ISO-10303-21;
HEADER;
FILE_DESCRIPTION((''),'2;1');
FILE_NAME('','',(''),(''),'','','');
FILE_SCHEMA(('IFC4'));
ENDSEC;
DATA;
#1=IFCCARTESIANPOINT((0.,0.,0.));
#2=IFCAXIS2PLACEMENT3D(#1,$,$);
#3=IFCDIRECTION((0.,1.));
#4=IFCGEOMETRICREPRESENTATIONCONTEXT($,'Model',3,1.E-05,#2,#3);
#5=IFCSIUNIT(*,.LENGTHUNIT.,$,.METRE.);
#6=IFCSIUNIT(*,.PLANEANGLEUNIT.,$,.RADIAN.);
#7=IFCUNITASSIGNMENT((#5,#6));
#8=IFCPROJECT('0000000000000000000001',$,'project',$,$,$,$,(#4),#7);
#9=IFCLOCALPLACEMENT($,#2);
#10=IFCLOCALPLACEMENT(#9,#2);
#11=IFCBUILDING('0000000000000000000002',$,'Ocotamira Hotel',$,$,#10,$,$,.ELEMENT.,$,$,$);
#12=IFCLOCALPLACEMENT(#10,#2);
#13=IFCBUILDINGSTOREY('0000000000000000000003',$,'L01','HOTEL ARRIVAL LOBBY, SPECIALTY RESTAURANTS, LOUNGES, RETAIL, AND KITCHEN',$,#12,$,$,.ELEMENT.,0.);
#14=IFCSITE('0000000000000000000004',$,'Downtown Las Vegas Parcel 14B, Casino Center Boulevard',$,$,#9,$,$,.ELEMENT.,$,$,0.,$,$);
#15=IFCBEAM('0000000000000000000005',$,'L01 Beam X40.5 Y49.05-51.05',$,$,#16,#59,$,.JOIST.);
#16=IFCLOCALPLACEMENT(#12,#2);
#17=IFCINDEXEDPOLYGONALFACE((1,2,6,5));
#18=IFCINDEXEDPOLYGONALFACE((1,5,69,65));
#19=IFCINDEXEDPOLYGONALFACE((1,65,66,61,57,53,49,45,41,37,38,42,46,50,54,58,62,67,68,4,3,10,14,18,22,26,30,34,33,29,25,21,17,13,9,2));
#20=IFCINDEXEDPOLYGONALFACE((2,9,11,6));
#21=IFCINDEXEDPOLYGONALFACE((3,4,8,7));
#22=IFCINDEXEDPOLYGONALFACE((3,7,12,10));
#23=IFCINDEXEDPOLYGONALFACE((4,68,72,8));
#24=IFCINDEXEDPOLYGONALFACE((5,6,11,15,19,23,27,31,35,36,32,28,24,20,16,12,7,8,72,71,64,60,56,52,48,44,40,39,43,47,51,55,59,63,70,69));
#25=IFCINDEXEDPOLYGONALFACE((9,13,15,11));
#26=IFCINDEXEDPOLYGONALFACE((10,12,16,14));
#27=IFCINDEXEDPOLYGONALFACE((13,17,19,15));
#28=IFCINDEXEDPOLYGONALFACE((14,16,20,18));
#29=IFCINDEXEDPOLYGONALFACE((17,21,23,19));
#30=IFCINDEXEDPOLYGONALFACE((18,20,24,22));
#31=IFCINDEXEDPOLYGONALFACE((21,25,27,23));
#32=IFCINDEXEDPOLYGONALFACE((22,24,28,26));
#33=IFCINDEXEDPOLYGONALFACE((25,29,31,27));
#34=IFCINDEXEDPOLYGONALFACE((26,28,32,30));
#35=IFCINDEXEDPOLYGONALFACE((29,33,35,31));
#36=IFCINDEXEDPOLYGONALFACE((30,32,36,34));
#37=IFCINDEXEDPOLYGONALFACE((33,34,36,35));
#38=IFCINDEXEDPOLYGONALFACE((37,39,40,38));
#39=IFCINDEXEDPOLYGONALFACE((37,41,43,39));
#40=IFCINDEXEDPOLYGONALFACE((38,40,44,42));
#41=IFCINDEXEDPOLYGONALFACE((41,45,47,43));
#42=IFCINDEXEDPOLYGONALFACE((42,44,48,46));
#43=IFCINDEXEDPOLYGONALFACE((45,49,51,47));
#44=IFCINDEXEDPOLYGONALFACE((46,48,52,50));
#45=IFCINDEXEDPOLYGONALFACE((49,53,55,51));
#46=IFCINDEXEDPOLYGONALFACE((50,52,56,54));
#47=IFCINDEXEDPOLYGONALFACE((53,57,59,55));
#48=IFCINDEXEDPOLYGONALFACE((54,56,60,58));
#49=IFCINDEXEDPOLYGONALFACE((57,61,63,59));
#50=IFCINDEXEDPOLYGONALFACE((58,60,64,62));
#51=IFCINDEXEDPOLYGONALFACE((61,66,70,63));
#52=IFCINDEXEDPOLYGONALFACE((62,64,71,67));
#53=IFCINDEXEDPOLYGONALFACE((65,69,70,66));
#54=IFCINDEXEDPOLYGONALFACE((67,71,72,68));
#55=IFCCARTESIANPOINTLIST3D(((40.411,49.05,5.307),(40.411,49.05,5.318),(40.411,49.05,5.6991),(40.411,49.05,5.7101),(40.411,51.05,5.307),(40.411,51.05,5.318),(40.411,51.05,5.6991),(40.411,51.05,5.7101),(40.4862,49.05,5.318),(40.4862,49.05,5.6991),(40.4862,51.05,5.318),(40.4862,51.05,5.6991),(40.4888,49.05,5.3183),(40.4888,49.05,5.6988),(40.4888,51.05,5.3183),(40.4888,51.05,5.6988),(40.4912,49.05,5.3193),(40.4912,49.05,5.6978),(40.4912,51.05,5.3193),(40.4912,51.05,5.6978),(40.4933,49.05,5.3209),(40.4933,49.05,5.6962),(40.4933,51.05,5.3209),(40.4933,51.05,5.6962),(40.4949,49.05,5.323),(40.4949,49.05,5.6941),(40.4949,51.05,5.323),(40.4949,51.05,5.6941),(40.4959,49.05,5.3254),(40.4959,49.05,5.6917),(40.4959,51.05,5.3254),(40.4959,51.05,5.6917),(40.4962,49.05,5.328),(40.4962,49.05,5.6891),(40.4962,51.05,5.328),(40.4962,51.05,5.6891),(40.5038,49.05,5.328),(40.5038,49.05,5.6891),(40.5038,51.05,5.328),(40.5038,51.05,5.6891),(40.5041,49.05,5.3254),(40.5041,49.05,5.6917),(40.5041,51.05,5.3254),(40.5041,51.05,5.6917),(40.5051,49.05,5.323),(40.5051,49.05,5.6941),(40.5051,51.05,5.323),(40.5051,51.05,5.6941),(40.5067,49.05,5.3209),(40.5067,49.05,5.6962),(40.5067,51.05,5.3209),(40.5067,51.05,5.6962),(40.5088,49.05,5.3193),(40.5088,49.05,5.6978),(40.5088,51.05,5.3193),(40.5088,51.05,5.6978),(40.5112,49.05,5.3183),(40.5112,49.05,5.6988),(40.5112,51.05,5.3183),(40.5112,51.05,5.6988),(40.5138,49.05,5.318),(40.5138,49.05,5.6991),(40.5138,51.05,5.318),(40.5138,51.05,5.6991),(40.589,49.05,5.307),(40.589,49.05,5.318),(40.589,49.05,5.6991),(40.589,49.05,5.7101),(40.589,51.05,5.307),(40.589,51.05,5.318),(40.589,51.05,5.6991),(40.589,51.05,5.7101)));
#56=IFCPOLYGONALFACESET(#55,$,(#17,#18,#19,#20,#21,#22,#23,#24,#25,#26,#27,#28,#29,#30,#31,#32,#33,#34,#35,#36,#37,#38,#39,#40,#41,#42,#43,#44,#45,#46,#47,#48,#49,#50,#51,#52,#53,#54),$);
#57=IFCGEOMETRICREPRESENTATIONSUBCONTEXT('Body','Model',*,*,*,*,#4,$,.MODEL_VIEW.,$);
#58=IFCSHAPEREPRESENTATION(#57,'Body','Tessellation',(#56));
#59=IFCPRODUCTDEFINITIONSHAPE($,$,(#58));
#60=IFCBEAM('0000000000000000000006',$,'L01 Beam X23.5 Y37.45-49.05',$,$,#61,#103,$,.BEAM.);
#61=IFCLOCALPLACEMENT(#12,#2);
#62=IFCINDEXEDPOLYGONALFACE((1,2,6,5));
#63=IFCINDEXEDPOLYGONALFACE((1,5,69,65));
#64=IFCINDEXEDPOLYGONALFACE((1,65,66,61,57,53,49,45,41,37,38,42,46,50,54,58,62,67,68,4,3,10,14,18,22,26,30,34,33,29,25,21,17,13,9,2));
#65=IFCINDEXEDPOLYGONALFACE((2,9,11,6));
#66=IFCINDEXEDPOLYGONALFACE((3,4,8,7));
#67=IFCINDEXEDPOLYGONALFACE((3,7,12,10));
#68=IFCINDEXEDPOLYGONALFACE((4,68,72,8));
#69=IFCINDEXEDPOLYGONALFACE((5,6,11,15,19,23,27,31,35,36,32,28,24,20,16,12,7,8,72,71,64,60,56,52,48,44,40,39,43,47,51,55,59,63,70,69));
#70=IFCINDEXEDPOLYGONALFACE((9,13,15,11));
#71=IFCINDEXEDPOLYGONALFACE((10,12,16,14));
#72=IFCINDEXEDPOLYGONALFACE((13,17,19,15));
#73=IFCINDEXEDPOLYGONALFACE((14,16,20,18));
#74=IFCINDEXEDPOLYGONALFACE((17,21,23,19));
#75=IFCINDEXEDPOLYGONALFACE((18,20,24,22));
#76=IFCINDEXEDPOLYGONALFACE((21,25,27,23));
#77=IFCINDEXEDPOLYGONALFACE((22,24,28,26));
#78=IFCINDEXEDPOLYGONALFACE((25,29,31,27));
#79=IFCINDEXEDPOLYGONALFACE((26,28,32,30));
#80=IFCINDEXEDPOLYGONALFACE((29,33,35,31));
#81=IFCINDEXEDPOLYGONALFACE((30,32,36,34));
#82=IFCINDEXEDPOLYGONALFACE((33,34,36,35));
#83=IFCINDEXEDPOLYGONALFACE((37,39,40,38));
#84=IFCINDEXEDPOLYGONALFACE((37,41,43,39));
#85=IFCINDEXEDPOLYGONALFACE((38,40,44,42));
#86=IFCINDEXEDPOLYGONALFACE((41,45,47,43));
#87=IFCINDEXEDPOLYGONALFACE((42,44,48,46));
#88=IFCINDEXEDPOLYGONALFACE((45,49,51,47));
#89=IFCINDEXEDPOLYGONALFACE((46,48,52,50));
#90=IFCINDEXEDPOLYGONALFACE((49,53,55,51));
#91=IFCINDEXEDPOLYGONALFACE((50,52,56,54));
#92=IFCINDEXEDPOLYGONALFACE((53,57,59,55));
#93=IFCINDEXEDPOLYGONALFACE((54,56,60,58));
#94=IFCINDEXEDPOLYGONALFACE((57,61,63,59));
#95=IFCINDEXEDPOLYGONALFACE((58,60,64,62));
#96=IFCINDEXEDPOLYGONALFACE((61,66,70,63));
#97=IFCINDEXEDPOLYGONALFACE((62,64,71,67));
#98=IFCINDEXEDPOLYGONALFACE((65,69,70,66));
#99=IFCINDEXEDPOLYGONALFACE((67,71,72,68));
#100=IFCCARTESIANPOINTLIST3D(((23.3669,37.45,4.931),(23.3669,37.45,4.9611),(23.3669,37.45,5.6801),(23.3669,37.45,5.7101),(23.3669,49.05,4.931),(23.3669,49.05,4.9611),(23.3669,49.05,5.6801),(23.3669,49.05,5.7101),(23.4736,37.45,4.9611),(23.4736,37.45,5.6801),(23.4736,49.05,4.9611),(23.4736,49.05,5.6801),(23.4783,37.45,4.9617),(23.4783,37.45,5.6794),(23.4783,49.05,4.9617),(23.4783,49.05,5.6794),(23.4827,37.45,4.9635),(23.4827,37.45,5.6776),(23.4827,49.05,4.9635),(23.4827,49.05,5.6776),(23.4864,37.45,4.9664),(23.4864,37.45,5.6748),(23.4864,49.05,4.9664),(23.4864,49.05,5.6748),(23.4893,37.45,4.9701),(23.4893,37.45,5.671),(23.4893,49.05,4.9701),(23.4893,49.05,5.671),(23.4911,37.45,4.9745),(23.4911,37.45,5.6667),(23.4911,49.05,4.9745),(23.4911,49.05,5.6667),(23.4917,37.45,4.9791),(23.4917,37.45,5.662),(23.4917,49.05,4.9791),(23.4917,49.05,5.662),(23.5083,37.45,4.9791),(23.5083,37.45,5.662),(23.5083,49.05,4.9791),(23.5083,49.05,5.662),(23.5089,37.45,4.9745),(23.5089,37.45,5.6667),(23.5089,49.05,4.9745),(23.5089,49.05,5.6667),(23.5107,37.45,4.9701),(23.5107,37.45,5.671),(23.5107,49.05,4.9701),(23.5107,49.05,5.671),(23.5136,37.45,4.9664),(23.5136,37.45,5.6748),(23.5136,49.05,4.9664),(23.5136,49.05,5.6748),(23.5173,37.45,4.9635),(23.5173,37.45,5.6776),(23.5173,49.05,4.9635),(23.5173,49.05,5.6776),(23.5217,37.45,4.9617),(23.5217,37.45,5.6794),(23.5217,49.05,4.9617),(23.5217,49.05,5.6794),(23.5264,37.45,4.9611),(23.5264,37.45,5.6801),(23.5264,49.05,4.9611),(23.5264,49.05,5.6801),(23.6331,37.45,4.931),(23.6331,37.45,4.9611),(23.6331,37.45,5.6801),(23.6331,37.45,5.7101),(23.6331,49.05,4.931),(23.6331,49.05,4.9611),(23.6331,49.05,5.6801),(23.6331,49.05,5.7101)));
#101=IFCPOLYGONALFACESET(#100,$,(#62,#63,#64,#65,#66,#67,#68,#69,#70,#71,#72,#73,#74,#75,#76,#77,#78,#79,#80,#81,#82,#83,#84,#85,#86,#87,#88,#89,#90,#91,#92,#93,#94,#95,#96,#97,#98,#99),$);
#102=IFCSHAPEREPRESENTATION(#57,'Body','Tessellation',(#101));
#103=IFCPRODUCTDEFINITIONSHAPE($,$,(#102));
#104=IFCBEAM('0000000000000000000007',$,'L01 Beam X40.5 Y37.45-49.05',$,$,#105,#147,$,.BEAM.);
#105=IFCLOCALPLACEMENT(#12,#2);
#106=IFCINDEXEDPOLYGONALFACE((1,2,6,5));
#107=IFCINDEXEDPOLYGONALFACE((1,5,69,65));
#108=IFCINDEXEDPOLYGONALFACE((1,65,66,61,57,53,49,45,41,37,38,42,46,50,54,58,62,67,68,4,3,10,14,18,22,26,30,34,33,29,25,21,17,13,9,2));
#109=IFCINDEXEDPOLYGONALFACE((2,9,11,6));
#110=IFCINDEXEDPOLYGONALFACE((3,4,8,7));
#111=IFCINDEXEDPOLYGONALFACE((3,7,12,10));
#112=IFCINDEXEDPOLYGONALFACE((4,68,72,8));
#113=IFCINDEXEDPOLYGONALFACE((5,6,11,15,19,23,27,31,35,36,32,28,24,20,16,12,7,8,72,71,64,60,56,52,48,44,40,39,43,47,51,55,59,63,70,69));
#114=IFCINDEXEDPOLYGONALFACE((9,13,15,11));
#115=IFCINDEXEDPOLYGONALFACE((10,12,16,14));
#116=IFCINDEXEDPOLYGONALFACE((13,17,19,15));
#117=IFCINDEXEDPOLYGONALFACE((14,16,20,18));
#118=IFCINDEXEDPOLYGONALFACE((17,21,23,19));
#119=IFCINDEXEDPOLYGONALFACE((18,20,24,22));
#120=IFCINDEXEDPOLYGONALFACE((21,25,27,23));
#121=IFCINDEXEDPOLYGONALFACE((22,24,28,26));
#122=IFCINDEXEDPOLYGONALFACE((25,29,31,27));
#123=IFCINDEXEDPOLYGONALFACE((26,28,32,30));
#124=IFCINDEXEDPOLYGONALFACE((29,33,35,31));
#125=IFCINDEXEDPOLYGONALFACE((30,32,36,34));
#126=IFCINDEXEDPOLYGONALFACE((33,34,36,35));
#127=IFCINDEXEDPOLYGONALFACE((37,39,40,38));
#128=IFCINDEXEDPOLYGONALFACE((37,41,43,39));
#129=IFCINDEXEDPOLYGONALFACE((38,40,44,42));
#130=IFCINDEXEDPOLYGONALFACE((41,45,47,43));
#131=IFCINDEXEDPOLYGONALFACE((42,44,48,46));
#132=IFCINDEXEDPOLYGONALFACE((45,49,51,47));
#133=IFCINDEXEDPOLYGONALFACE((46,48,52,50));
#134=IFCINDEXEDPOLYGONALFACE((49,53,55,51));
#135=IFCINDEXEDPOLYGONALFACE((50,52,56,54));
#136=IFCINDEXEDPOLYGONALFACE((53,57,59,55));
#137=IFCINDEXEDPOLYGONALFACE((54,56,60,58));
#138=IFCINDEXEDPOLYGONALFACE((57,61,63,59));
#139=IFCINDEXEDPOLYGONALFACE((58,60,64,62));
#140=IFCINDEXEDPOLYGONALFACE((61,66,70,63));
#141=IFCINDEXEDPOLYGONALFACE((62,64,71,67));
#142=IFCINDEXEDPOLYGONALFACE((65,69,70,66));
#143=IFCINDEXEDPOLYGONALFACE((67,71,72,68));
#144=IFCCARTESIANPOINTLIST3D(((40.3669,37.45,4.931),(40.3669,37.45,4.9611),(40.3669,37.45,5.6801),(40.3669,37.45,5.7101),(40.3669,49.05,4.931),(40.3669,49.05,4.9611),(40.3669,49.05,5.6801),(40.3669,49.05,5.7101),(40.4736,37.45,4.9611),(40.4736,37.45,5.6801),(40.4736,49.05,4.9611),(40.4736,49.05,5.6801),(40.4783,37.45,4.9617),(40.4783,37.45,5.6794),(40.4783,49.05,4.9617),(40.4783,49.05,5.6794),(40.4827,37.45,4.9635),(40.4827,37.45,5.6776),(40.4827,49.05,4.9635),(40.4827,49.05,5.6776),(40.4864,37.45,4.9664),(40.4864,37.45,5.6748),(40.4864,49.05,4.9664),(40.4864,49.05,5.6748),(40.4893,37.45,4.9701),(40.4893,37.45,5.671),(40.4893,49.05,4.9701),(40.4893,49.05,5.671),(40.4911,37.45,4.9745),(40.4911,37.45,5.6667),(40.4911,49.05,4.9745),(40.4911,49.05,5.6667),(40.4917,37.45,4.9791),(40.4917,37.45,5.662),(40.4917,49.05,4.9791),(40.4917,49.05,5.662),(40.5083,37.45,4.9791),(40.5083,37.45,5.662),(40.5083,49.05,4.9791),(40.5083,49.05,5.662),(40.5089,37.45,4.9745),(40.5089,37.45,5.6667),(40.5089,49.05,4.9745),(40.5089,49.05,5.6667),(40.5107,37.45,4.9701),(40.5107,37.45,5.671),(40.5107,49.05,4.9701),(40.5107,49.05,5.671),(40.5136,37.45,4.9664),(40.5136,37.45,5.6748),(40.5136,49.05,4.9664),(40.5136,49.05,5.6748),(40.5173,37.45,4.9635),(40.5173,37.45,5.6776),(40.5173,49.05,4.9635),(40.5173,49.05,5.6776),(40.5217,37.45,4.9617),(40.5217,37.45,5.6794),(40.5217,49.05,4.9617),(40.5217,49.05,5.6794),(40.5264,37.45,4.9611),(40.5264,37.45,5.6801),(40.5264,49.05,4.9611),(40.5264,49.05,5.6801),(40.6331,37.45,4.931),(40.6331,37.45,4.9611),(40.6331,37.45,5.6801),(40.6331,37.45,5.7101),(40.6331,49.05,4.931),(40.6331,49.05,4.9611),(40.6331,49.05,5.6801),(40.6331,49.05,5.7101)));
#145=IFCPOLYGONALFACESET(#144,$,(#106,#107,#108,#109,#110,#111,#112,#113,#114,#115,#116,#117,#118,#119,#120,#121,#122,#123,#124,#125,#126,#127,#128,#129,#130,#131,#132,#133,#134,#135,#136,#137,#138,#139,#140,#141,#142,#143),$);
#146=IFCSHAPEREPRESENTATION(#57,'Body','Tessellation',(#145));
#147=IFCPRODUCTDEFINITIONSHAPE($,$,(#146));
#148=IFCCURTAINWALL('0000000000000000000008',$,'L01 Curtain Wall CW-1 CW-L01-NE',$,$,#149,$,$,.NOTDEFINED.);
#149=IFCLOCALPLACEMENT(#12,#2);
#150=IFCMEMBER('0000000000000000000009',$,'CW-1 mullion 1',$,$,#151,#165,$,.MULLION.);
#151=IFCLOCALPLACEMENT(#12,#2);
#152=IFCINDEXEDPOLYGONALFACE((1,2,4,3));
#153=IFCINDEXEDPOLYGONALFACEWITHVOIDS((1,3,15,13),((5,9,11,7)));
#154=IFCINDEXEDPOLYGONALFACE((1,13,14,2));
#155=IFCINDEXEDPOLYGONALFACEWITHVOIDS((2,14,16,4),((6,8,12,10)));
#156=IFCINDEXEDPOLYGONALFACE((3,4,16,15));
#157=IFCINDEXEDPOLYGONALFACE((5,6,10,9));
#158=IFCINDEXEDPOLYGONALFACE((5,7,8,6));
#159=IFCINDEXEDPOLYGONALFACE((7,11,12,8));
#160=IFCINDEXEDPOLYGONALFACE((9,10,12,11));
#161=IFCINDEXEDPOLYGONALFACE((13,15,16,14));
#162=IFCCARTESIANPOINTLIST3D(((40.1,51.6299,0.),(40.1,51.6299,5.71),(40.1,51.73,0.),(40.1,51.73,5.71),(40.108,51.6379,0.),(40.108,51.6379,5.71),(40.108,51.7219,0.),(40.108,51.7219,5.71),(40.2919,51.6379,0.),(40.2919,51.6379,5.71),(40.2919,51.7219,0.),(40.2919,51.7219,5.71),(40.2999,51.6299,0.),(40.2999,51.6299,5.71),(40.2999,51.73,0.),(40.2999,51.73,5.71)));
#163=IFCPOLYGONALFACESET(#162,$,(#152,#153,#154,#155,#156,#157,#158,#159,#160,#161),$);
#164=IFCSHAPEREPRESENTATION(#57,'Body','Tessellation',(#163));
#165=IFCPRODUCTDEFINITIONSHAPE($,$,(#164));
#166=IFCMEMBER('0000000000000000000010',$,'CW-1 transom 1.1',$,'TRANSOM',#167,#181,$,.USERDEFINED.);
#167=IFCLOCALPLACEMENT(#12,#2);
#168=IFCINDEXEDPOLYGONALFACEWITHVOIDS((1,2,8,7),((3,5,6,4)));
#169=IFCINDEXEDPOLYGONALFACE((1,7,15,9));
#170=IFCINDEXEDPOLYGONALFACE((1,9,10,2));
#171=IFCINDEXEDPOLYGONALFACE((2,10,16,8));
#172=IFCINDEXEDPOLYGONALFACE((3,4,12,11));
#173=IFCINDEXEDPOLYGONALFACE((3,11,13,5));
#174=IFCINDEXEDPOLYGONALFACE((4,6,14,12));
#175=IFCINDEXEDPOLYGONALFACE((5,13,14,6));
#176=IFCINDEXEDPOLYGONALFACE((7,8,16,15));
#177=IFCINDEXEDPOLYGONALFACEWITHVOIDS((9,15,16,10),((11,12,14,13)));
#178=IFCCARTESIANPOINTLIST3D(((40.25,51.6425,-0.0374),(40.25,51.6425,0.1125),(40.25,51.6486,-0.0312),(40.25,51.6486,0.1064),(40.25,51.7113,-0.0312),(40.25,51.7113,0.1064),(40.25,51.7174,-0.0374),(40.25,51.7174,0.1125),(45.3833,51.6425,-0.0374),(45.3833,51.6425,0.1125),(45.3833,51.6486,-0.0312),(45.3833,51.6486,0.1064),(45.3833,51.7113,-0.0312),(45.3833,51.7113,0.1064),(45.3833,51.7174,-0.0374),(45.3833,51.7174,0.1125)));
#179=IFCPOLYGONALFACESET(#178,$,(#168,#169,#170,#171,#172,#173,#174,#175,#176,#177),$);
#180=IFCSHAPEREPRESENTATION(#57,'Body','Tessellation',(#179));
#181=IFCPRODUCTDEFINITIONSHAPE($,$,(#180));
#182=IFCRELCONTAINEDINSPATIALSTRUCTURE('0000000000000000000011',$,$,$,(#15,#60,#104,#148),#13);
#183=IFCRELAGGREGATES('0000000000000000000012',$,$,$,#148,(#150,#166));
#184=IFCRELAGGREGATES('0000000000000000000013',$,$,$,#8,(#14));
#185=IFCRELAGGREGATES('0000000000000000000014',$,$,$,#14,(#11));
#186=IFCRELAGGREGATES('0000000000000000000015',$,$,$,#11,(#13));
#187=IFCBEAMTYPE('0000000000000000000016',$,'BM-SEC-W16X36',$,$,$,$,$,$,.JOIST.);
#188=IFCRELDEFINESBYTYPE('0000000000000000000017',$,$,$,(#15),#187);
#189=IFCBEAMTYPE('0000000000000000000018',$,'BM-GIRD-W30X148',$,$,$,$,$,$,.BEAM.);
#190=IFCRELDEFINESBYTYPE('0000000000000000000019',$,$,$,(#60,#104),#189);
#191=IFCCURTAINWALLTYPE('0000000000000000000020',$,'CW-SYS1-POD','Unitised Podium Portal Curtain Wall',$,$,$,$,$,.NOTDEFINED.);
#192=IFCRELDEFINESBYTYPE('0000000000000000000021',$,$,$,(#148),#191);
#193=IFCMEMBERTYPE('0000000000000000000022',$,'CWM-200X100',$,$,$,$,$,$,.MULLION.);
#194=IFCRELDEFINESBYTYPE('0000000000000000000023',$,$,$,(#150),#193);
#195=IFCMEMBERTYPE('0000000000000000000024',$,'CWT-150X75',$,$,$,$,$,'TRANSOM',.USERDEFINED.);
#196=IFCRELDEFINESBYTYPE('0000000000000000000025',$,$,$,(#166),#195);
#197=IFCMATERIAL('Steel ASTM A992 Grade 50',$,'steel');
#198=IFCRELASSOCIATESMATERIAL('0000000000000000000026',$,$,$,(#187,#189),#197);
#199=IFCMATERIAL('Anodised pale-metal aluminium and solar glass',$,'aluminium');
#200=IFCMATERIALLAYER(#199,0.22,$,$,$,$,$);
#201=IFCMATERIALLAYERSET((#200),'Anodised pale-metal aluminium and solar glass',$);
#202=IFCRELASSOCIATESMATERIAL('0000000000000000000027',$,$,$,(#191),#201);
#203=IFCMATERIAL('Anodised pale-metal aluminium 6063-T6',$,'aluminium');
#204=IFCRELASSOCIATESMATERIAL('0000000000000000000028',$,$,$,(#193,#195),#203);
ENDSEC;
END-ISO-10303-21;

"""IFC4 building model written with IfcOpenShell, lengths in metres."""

from ifc_helpers import new_model, si_unit, direction, frame, origin, origin_2d, place, context, subcontext, project, spatial, hollow_rectangle, i_section, extrude, source, transform, mapped, material, layer, layer_set, material_profile, profile_set, type_object, element, aggregate, save


model = new_model("IFC4")

# Units and contexts
model_context = context("Model", 3, precision=1e-05, world=origin(), true_north=direction((0.0, 1.0)))
body_context = subcontext(model_context, "Body", "Model", "MODEL_VIEW")
ifc_project = project(units=[si_unit("LENGTHUNIT", "METRE"), si_unit("PLANEANGLEUNIT", "RADIAN")], contexts=[model_context])

# Site, building, storey
site_placement = place(None, origin())
site = spatial("IfcSite", under=ifc_project, at=site_placement, Name="Downtown Las Vegas Parcel 14B, Casino Center Boulevard", CompositionType="ELEMENT", RefElevation=0.0)
building_placement = place(site_placement, origin())
building = spatial("IfcBuilding", under=site, at=building_placement, Name="Ocotamira Hotel", CompositionType="ELEMENT")
storey_placement = place(building_placement, origin())
storey = spatial("IfcBuildingStorey", under=building, at=storey_placement, Name="L01", Description="HOTEL ARRIVAL LOBBY, SPECIALTY RESTAURANTS, LOUNGES, RETAIL, AND KITCHEN", CompositionType="ELEMENT", Elevation=0.0)

# Beams
ifc_material_1 = material(Name="Steel ASTM A992 Grade 50", Category="steel")
ifc_material_profile_1 = material_profile(ifc_material_1, i_section(OverallWidth=0.178, OverallDepth=0.4031, WebThickness=0.0076, FlangeThickness=0.011, FilletRadius=0.01, at=origin_2d()), Name="W16X36")
ifc_profile_set_1 = profile_set([ifc_material_profile_1], Name="Steel ASTM A992 Grade 50")
beam_type_1 = type_object("IfcBeamType", Name="BM-SEC-W16X36", PredefinedType="JOIST", material=ifc_profile_set_1)
shared_shape_1 = source(origin(), body_context, "Body", "SweptSolid", [
    extrude(i_section(OverallWidth=0.178, OverallDepth=0.4031, WebThickness=0.0076, FlangeThickness=0.011, FilletRadius=0.01, at=origin_2d()), origin(), (0.0, 0.0, 1.0), 2.0),
])
for number, where, z_axis, x_axis, name in (
    (1, (40.5, 49.05, 5.5085), (0.0, 1.0, 0.0), (-1.0, 0.0, 0.0), "L01 Beam X40.5 Y49.05-51.05"),
):
    element("IfcBeam", number, at=place(storey_placement, frame(where, z_axis=z_axis, x_axis=x_axis)), inside=storey, type_object=beam_type_1, Name=name, PredefinedType="JOIST", context=body_context, shape_type="MappedRepresentation", body=[
        mapped(shared_shape_1, transform((0.0, 0.0, 0.0), scale=1.0)),
    ])
ifc_material_profile_2 = material_profile(ifc_material_1, i_section(OverallWidth=0.2661, OverallDepth=0.7791, WebThickness=0.0166, FlangeThickness=0.03, FilletRadius=0.0181, at=origin_2d()), Name="W30X148")
ifc_profile_set_2 = profile_set([ifc_material_profile_2], Name="Steel ASTM A992 Grade 50")
beam_type_2 = type_object("IfcBeamType", Name="BM-GIRD-W30X148", PredefinedType="BEAM", material=ifc_profile_set_2)
shared_shape_2 = source(origin(), body_context, "Body", "SweptSolid", [
    extrude(i_section(OverallWidth=0.2661, OverallDepth=0.7791, WebThickness=0.0166, FlangeThickness=0.03, FilletRadius=0.0181, at=origin_2d()), origin(), (0.0, 0.0, 1.0), 11.6001),
])
for number, where, z_axis, x_axis, name in (
    (2, (23.5, 37.45, 5.3206), (0.0, 1.0, 0.0), (-1.0, 0.0, 0.0), "L01 Beam X23.5 Y37.45-49.05"),
    (3, (40.5, 37.45, 5.3206), (0.0, 1.0, 0.0), (-1.0, 0.0, 0.0), "L01 Beam X40.5 Y37.45-49.05"),
):
    element("IfcBeam", number, at=place(storey_placement, frame(where, z_axis=z_axis, x_axis=x_axis)), inside=storey, type_object=beam_type_2, Name=name, PredefinedType="BEAM", context=body_context, shape_type="MappedRepresentation", body=[
        mapped(shared_shape_2, transform((0.0, 0.0, 0.0), scale=1.0)),
    ])

# Curtain wall, members
ifc_material_2 = material(Name="Anodised pale-metal aluminium and solar glass", Category="aluminium")
ifc_layer_1 = layer(ifc_material_2, 0.22)
ifc_layer_set_1 = layer_set([ifc_layer_1], Name="Anodised pale-metal aluminium and solar glass")
curtain_wall_type = type_object("IfcCurtainWallType", Name="CW-SYS1-POD", Description="Unitised Podium Portal Curtain Wall", PredefinedType="NOTDEFINED", material=ifc_layer_set_1)
curtain_wall_placement = place(storey_placement, origin())
curtain_wall = element("IfcCurtainWall", 4, at=curtain_wall_placement, inside=storey, type_object=curtain_wall_type, Name="L01 Curtain Wall CW-1 CW-L01-NE", PredefinedType="NOTDEFINED")
ifc_material_3 = material(Name="Anodised pale-metal aluminium 6063-T6", Category="aluminium")
ifc_material_profile_3 = material_profile(ifc_material_3, hollow_rectangle(XDim=0.1001, YDim=0.2, WallThickness=0.0081, at=origin_2d()), Name="HSS200X100X8")
ifc_profile_set_3 = profile_set([ifc_material_profile_3], Name="Anodised pale-metal aluminium 6063-T6")
member_type_1 = type_object("IfcMemberType", Name="CWM-200X100", PredefinedType="MULLION", material=ifc_profile_set_3)
shared_shape_3 = source(origin(), body_context, "Body", "SweptSolid", [
    extrude(hollow_rectangle(XDim=0.1001, YDim=0.2, WallThickness=0.0081, at=origin_2d()), origin(), (0.0, 0.0, 1.0), 5.71),
])
member_1_placement = place(storey_placement, frame((40.2, 51.6799, 0.0), z_axis=(0.0, 0.0, 1.0), x_axis=(0.0, 1.0, 0.0)))
member_1 = element("IfcMember", 5, at=member_1_placement, type_object=member_type_1, Name="CW-1 mullion 1", PredefinedType="MULLION", context=body_context, shape_type="MappedRepresentation", body=[
    mapped(shared_shape_3, transform((0.0, 0.0, 0.0), scale=1.0)),
])
ifc_material_profile_4 = material_profile(ifc_material_3, hollow_rectangle(XDim=0.075, YDim=0.1499, WallThickness=0.0061, at=origin_2d()), Name="HSS150X75X6")
ifc_profile_set_4 = profile_set([ifc_material_profile_4], Name="Anodised pale-metal aluminium 6063-T6")
member_type_2 = type_object("IfcMemberType", Name="CWT-150X75", ElementType="TRANSOM", PredefinedType="USERDEFINED", material=ifc_profile_set_4)
shared_shape_4 = source(origin(), body_context, "Body", "SweptSolid", [
    extrude(hollow_rectangle(XDim=0.075, YDim=0.1499, WallThickness=0.0061, at=origin_2d()), origin(), (0.0, 0.0, 1.0), 5.1333),
])
member_2_placement = place(storey_placement, frame((40.25, 51.6799, 0.0376), z_axis=(1.0, 0.0, 0.0), x_axis=(0.0, 1.0, 0.0)))
member_2 = element("IfcMember", 6, at=member_2_placement, type_object=member_type_2, Name="CW-1 transom 1.1", ObjectType="TRANSOM", PredefinedType="USERDEFINED", context=body_context, shape_type="MappedRepresentation", body=[
    mapped(shared_shape_4, transform((0.0, 0.0, 0.0), scale=1.0)),
])
aggregate(curtain_wall, [member_1, member_2])

save(model, "model.ifc")
